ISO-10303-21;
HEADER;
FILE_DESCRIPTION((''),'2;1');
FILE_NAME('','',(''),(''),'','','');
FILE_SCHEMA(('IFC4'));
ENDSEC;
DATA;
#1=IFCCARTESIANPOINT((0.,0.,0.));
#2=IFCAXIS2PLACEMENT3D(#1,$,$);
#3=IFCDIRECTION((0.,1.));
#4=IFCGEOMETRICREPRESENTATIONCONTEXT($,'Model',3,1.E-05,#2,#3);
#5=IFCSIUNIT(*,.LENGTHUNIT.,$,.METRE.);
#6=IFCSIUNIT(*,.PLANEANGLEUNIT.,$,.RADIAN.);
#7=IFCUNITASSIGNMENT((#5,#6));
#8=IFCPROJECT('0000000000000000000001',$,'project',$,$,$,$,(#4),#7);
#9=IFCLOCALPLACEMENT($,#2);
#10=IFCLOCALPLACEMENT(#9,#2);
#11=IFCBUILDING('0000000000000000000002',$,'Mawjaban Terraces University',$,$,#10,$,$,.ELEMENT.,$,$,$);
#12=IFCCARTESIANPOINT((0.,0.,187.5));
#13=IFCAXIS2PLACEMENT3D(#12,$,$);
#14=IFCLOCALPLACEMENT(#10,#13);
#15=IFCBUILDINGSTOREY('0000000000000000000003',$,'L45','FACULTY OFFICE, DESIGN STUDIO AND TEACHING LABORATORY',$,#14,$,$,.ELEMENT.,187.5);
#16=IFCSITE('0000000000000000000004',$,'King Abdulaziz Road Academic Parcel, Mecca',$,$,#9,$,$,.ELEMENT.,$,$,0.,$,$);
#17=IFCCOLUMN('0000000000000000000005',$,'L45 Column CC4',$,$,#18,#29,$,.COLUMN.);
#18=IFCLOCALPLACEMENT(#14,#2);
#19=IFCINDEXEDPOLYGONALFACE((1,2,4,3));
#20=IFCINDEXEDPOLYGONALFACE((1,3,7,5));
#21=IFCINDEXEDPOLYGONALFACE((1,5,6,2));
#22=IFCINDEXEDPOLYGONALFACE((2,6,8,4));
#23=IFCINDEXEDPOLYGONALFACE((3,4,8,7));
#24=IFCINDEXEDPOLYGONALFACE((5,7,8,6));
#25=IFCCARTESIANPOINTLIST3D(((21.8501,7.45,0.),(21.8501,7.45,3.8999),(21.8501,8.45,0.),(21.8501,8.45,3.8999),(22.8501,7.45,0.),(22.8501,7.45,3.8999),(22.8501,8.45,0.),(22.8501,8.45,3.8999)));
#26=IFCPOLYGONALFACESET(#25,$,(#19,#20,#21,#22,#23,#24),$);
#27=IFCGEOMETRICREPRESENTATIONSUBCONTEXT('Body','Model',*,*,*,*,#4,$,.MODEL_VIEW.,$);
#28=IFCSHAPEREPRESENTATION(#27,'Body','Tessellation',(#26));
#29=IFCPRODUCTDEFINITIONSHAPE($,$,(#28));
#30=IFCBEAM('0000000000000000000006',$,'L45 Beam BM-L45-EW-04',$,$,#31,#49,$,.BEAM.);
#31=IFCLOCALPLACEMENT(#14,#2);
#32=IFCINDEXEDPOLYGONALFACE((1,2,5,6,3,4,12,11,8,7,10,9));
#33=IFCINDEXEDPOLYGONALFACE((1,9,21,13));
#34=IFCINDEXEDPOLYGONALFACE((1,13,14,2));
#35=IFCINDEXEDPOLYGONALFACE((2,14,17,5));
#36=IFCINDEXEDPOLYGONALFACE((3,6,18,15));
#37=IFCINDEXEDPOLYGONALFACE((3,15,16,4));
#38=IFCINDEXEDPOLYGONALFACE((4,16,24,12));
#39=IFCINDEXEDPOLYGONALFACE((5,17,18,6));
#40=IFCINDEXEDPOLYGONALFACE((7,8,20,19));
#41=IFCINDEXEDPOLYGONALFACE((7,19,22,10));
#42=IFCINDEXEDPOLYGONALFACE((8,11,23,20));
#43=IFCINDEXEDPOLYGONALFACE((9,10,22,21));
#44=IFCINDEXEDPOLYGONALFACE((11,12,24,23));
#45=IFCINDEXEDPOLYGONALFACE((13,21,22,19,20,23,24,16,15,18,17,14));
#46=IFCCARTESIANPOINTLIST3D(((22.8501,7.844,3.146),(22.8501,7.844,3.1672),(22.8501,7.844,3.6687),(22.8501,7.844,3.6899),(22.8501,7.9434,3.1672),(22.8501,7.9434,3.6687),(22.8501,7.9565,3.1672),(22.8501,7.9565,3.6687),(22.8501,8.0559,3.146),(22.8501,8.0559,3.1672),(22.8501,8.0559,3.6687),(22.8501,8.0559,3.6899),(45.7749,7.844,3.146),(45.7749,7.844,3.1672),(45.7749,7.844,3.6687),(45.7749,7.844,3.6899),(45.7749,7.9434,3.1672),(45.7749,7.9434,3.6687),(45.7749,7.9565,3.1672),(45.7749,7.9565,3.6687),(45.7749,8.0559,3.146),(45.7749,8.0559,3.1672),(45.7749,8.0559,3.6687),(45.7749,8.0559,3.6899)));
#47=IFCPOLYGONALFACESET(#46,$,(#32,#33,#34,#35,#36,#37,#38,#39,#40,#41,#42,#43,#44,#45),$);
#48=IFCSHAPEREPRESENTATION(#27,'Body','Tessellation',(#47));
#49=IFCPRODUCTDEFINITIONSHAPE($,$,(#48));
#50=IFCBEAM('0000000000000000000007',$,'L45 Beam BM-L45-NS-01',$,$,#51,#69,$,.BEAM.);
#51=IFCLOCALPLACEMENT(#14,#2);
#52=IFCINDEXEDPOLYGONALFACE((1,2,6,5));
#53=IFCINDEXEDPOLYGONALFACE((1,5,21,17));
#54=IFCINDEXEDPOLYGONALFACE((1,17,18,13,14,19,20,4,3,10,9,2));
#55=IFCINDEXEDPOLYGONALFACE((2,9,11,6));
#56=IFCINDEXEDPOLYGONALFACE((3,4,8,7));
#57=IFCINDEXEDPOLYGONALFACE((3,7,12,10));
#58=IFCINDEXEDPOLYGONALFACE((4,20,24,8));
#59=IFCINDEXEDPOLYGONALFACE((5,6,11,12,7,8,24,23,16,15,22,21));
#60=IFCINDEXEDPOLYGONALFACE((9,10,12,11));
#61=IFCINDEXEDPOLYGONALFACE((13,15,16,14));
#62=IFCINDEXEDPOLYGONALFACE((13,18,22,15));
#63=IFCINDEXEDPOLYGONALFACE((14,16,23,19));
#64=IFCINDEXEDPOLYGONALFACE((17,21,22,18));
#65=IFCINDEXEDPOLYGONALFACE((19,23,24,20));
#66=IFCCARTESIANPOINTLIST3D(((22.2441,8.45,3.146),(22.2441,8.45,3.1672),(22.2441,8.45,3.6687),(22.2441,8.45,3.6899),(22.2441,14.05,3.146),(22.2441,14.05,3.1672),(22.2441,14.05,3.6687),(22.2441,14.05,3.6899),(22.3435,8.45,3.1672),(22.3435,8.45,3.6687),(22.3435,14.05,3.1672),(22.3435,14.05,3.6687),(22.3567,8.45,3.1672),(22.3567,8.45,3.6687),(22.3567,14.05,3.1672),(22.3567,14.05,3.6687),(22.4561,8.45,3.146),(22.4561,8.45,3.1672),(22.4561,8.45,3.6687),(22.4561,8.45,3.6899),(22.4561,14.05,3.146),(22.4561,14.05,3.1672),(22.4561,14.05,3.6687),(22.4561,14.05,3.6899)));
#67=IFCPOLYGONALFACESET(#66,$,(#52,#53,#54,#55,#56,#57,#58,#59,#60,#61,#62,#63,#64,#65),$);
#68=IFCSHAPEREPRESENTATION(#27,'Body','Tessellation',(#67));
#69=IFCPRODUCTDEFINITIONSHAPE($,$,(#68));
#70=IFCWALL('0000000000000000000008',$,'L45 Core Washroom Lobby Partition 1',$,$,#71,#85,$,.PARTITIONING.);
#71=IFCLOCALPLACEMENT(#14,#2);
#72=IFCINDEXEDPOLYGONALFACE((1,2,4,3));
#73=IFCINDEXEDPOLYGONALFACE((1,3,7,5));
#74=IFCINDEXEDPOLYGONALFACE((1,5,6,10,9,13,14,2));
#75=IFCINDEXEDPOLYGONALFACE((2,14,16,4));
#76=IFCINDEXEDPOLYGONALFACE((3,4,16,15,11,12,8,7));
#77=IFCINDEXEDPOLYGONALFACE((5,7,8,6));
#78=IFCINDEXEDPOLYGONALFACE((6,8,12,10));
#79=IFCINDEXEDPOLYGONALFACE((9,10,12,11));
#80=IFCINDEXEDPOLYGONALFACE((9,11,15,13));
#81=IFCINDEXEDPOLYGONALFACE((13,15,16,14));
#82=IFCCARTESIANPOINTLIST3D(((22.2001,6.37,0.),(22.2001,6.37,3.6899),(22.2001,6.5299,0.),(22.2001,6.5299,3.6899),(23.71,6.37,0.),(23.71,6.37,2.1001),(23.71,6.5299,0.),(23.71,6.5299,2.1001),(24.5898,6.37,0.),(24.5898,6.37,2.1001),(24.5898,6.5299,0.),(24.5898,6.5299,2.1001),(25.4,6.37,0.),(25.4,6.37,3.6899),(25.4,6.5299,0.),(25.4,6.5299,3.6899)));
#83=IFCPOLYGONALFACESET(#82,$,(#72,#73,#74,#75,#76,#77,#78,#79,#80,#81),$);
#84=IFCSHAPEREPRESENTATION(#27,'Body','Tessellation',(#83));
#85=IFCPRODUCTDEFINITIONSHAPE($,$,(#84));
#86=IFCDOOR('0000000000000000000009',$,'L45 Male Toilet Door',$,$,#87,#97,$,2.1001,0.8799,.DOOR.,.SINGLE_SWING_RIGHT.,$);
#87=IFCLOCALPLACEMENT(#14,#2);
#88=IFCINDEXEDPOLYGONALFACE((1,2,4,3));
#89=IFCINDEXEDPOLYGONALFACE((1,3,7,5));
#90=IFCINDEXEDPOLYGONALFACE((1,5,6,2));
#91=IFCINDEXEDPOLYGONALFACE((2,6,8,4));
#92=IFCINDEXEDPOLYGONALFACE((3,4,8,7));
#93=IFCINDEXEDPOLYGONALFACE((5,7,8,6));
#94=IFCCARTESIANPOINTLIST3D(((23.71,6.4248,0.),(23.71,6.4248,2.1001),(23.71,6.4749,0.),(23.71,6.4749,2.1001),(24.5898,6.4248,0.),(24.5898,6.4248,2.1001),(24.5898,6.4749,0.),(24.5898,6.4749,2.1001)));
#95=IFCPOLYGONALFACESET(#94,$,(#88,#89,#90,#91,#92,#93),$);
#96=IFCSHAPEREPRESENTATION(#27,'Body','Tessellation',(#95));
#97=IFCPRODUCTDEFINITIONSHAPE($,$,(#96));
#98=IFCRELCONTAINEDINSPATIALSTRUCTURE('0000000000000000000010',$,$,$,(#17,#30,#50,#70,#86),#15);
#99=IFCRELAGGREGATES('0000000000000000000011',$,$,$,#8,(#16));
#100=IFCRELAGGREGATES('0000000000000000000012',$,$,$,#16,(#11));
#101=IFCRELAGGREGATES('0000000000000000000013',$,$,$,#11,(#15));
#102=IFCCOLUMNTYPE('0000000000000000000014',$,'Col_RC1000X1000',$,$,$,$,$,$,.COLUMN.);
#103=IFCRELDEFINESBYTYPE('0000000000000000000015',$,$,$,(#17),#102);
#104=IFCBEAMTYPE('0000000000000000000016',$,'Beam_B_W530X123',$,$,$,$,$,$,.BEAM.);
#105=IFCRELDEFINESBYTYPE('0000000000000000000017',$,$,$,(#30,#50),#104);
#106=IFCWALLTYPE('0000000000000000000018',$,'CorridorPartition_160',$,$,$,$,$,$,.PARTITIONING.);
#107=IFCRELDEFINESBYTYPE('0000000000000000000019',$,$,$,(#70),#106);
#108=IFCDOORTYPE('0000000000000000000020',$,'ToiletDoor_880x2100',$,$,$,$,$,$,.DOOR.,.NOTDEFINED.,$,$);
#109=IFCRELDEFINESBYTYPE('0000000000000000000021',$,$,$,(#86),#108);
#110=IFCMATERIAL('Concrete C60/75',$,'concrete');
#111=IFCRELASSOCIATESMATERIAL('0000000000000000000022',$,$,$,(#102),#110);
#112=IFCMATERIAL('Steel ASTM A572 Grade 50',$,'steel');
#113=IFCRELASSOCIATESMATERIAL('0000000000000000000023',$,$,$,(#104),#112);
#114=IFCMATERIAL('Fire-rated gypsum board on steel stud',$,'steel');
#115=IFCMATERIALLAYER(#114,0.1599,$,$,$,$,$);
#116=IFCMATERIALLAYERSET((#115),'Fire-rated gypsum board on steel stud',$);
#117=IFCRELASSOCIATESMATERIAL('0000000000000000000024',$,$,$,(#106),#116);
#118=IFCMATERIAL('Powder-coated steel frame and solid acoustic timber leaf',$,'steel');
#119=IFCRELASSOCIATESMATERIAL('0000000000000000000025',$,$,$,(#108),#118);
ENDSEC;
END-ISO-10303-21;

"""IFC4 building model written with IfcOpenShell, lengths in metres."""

from ifc_helpers import new_model, si_unit, direction, frame, frame_2d, origin, origin_2d, place, context, subcontext, project, spatial, rectangle, i_section, extrude, material, layer, layer_set, material_profile, profile_set, type_object, element, fill, save


model = new_model("IFC4")

# Units and contexts
model_context = context("Model", 3, precision=1e-05, world=origin(), true_north=direction((0.0, 1.0)))
body_context = subcontext(model_context, "Body", "Model", "MODEL_VIEW")
ifc_project = project(units=[si_unit("LENGTHUNIT", "METRE"), si_unit("PLANEANGLEUNIT", "RADIAN")], contexts=[model_context])

# Site, building, storey
site_placement = place(None, origin())
site = spatial("IfcSite", under=ifc_project, at=site_placement, Name="King Abdulaziz Road Academic Parcel, Mecca", CompositionType="ELEMENT", RefElevation=0.0)
building_placement = place(site_placement, origin())
building = spatial("IfcBuilding", under=site, at=building_placement, Name="Mawjaban Terraces University", CompositionType="ELEMENT")
storey_placement = place(building_placement, frame((0.0, 0.0, 187.5)))
storey = spatial("IfcBuildingStorey", under=building, at=storey_placement, Name="L45", Description="FACULTY OFFICE, DESIGN STUDIO AND TEACHING LABORATORY", CompositionType="ELEMENT", Elevation=187.5)

# Column
ifc_material_1 = material(Name="Concrete C60/75", Category="concrete")
ifc_material_profile_1 = material_profile(ifc_material_1, rectangle(XDim=1.0, YDim=1.0, at=origin_2d()), Name="RC1000X1000")
ifc_profile_set_1 = profile_set([ifc_material_profile_1], Name="Concrete C60/75")
column_type = type_object("IfcColumnType", Name="Col_RC1000X1000", PredefinedType="COLUMN", material=ifc_profile_set_1)
column_placement = place(storey_placement, frame((22.3501, 7.95, 0.0), z_axis=(0.0, 0.0, 1.0), x_axis=(1.0, 0.0, 0.0)))
element("IfcColumn", 1, at=column_placement, inside=storey, type_object=column_type, Name="L45 Column CC4", PredefinedType="COLUMN", context=body_context, shape_type="SweptSolid", body=[
    extrude(rectangle(XDim=1.0, YDim=1.0, at=origin_2d()), origin(), (0.0, 0.0, 1.0), 3.8999),
])

# Beams
ifc_material_2 = material(Name="Steel ASTM A572 Grade 50", Category="steel")
ifc_material_profile_2 = material_profile(ifc_material_2, i_section(OverallWidth=0.2119, OverallDepth=0.5439, WebThickness=0.0132, FlangeThickness=0.0212, at=origin_2d()), Name="W530X123")
ifc_profile_set_2 = profile_set([ifc_material_profile_2], Name="Steel ASTM A572 Grade 50")
beam_type = type_object("IfcBeamType", Name="Beam_B_W530X123", PredefinedType="BEAM", material=ifc_profile_set_2)
beam_1_placement = place(storey_placement, frame((22.8501, 7.95, 3.418), z_axis=(1.0, 0.0, 0.0), x_axis=(0.0, 1.0, 0.0)))
element("IfcBeam", 2, at=beam_1_placement, inside=storey, type_object=beam_type, Name="L45 Beam BM-L45-EW-04", PredefinedType="BEAM", context=body_context, shape_type="SweptSolid", body=[
    extrude(i_section(OverallWidth=0.2119, OverallDepth=0.5439, WebThickness=0.0132, FlangeThickness=0.0212, at=origin_2d()), origin(), (0.0, 0.0, 1.0), 22.9248),
])
beam_2_placement = place(storey_placement, frame((22.3501, 8.45, 3.418), z_axis=(0.0, 1.0, 0.0), x_axis=(-1.0, 0.0, 0.0)))
element("IfcBeam", 3, at=beam_2_placement, inside=storey, type_object=beam_type, Name="L45 Beam BM-L45-NS-01", PredefinedType="BEAM", context=body_context, shape_type="SweptSolid", body=[
    extrude(i_section(OverallWidth=0.2119, OverallDepth=0.5439, WebThickness=0.0132, FlangeThickness=0.0212, at=origin_2d()), origin(), (0.0, 0.0, 1.0), 5.6001),
])

# Wall, opening, door
ifc_material_3 = material(Name="Fire-rated gypsum board on steel stud", Category="steel")
ifc_layer_1 = layer(ifc_material_3, 0.1599)
ifc_layer_set_1 = layer_set([ifc_layer_1], Name="Fire-rated gypsum board on steel stud")
wall_type_1 = type_object("IfcWallType", Name="CorridorPartition_160", PredefinedType="PARTITIONING", material=ifc_layer_set_1)
wall_1_placement = place(storey_placement, frame((22.2, 6.45, 0.0), z_axis=(0.0, 0.0, 1.0), x_axis=(1.0, 0.0, 0.0)))
wall_1 = element("IfcWall", 4, at=wall_1_placement, inside=storey, type_object=wall_type_1, Name="L45 Core Washroom Lobby Partition 1", PredefinedType="PARTITIONING", context=body_context, shape_type="SweptSolid", body=[
    extrude(rectangle(XDim=3.2, YDim=0.1599, at=frame_2d((1.6001, 0.0))), origin(), (0.0, 0.0, 1.0), 3.6899),
])
opening_1_placement = place(wall_1_placement, frame((1.51, 0.0, 0.0)))
opening_1 = element("IfcOpeningElement", 5, at=opening_1_placement, cuts=wall_1, PredefinedType="OPENING", context=body_context, shape_type="SweptSolid", body=[
    extrude(rectangle(XDim=0.8799, YDim=2.1001, at=frame_2d((0.4399, 1.05))), frame((0.0, 0.0898, 0.0), z_axis=(0.0, -1.0, 0.0), x_axis=(1.0, 0.0, 0.0)), (0.0, 0.0, 1.0), 0.1799),
])
ifc_material_4 = material(Name="Powder-coated steel frame and solid acoustic timber leaf", Category="steel")
door_type = type_object("IfcDoorType", Name="ToiletDoor_880x2100", OperationType="NOTDEFINED", PredefinedType="DOOR", material=ifc_material_4)
door_placement = place(opening_1_placement, origin())
door = element("IfcDoor", 6, at=door_placement, inside=storey, type_object=door_type, Name="L45 Male Toilet Door", OperationType="SINGLE_SWING_RIGHT", OverallHeight=2.1001, OverallWidth=0.8799, PredefinedType="DOOR", context=body_context, shape_type="SweptSolid", body=[
    extrude(rectangle(XDim=0.8799, YDim=2.1001, at=frame_2d((0.4399, 1.05))), frame((0.0, 0.0249, 0.0), z_axis=(0.0, -1.0, 0.0), x_axis=(1.0, 0.0, 0.0)), (0.0, 0.0, 1.0), 0.05),
])
fill(opening_1, door)

save(model, "model.ifc")
